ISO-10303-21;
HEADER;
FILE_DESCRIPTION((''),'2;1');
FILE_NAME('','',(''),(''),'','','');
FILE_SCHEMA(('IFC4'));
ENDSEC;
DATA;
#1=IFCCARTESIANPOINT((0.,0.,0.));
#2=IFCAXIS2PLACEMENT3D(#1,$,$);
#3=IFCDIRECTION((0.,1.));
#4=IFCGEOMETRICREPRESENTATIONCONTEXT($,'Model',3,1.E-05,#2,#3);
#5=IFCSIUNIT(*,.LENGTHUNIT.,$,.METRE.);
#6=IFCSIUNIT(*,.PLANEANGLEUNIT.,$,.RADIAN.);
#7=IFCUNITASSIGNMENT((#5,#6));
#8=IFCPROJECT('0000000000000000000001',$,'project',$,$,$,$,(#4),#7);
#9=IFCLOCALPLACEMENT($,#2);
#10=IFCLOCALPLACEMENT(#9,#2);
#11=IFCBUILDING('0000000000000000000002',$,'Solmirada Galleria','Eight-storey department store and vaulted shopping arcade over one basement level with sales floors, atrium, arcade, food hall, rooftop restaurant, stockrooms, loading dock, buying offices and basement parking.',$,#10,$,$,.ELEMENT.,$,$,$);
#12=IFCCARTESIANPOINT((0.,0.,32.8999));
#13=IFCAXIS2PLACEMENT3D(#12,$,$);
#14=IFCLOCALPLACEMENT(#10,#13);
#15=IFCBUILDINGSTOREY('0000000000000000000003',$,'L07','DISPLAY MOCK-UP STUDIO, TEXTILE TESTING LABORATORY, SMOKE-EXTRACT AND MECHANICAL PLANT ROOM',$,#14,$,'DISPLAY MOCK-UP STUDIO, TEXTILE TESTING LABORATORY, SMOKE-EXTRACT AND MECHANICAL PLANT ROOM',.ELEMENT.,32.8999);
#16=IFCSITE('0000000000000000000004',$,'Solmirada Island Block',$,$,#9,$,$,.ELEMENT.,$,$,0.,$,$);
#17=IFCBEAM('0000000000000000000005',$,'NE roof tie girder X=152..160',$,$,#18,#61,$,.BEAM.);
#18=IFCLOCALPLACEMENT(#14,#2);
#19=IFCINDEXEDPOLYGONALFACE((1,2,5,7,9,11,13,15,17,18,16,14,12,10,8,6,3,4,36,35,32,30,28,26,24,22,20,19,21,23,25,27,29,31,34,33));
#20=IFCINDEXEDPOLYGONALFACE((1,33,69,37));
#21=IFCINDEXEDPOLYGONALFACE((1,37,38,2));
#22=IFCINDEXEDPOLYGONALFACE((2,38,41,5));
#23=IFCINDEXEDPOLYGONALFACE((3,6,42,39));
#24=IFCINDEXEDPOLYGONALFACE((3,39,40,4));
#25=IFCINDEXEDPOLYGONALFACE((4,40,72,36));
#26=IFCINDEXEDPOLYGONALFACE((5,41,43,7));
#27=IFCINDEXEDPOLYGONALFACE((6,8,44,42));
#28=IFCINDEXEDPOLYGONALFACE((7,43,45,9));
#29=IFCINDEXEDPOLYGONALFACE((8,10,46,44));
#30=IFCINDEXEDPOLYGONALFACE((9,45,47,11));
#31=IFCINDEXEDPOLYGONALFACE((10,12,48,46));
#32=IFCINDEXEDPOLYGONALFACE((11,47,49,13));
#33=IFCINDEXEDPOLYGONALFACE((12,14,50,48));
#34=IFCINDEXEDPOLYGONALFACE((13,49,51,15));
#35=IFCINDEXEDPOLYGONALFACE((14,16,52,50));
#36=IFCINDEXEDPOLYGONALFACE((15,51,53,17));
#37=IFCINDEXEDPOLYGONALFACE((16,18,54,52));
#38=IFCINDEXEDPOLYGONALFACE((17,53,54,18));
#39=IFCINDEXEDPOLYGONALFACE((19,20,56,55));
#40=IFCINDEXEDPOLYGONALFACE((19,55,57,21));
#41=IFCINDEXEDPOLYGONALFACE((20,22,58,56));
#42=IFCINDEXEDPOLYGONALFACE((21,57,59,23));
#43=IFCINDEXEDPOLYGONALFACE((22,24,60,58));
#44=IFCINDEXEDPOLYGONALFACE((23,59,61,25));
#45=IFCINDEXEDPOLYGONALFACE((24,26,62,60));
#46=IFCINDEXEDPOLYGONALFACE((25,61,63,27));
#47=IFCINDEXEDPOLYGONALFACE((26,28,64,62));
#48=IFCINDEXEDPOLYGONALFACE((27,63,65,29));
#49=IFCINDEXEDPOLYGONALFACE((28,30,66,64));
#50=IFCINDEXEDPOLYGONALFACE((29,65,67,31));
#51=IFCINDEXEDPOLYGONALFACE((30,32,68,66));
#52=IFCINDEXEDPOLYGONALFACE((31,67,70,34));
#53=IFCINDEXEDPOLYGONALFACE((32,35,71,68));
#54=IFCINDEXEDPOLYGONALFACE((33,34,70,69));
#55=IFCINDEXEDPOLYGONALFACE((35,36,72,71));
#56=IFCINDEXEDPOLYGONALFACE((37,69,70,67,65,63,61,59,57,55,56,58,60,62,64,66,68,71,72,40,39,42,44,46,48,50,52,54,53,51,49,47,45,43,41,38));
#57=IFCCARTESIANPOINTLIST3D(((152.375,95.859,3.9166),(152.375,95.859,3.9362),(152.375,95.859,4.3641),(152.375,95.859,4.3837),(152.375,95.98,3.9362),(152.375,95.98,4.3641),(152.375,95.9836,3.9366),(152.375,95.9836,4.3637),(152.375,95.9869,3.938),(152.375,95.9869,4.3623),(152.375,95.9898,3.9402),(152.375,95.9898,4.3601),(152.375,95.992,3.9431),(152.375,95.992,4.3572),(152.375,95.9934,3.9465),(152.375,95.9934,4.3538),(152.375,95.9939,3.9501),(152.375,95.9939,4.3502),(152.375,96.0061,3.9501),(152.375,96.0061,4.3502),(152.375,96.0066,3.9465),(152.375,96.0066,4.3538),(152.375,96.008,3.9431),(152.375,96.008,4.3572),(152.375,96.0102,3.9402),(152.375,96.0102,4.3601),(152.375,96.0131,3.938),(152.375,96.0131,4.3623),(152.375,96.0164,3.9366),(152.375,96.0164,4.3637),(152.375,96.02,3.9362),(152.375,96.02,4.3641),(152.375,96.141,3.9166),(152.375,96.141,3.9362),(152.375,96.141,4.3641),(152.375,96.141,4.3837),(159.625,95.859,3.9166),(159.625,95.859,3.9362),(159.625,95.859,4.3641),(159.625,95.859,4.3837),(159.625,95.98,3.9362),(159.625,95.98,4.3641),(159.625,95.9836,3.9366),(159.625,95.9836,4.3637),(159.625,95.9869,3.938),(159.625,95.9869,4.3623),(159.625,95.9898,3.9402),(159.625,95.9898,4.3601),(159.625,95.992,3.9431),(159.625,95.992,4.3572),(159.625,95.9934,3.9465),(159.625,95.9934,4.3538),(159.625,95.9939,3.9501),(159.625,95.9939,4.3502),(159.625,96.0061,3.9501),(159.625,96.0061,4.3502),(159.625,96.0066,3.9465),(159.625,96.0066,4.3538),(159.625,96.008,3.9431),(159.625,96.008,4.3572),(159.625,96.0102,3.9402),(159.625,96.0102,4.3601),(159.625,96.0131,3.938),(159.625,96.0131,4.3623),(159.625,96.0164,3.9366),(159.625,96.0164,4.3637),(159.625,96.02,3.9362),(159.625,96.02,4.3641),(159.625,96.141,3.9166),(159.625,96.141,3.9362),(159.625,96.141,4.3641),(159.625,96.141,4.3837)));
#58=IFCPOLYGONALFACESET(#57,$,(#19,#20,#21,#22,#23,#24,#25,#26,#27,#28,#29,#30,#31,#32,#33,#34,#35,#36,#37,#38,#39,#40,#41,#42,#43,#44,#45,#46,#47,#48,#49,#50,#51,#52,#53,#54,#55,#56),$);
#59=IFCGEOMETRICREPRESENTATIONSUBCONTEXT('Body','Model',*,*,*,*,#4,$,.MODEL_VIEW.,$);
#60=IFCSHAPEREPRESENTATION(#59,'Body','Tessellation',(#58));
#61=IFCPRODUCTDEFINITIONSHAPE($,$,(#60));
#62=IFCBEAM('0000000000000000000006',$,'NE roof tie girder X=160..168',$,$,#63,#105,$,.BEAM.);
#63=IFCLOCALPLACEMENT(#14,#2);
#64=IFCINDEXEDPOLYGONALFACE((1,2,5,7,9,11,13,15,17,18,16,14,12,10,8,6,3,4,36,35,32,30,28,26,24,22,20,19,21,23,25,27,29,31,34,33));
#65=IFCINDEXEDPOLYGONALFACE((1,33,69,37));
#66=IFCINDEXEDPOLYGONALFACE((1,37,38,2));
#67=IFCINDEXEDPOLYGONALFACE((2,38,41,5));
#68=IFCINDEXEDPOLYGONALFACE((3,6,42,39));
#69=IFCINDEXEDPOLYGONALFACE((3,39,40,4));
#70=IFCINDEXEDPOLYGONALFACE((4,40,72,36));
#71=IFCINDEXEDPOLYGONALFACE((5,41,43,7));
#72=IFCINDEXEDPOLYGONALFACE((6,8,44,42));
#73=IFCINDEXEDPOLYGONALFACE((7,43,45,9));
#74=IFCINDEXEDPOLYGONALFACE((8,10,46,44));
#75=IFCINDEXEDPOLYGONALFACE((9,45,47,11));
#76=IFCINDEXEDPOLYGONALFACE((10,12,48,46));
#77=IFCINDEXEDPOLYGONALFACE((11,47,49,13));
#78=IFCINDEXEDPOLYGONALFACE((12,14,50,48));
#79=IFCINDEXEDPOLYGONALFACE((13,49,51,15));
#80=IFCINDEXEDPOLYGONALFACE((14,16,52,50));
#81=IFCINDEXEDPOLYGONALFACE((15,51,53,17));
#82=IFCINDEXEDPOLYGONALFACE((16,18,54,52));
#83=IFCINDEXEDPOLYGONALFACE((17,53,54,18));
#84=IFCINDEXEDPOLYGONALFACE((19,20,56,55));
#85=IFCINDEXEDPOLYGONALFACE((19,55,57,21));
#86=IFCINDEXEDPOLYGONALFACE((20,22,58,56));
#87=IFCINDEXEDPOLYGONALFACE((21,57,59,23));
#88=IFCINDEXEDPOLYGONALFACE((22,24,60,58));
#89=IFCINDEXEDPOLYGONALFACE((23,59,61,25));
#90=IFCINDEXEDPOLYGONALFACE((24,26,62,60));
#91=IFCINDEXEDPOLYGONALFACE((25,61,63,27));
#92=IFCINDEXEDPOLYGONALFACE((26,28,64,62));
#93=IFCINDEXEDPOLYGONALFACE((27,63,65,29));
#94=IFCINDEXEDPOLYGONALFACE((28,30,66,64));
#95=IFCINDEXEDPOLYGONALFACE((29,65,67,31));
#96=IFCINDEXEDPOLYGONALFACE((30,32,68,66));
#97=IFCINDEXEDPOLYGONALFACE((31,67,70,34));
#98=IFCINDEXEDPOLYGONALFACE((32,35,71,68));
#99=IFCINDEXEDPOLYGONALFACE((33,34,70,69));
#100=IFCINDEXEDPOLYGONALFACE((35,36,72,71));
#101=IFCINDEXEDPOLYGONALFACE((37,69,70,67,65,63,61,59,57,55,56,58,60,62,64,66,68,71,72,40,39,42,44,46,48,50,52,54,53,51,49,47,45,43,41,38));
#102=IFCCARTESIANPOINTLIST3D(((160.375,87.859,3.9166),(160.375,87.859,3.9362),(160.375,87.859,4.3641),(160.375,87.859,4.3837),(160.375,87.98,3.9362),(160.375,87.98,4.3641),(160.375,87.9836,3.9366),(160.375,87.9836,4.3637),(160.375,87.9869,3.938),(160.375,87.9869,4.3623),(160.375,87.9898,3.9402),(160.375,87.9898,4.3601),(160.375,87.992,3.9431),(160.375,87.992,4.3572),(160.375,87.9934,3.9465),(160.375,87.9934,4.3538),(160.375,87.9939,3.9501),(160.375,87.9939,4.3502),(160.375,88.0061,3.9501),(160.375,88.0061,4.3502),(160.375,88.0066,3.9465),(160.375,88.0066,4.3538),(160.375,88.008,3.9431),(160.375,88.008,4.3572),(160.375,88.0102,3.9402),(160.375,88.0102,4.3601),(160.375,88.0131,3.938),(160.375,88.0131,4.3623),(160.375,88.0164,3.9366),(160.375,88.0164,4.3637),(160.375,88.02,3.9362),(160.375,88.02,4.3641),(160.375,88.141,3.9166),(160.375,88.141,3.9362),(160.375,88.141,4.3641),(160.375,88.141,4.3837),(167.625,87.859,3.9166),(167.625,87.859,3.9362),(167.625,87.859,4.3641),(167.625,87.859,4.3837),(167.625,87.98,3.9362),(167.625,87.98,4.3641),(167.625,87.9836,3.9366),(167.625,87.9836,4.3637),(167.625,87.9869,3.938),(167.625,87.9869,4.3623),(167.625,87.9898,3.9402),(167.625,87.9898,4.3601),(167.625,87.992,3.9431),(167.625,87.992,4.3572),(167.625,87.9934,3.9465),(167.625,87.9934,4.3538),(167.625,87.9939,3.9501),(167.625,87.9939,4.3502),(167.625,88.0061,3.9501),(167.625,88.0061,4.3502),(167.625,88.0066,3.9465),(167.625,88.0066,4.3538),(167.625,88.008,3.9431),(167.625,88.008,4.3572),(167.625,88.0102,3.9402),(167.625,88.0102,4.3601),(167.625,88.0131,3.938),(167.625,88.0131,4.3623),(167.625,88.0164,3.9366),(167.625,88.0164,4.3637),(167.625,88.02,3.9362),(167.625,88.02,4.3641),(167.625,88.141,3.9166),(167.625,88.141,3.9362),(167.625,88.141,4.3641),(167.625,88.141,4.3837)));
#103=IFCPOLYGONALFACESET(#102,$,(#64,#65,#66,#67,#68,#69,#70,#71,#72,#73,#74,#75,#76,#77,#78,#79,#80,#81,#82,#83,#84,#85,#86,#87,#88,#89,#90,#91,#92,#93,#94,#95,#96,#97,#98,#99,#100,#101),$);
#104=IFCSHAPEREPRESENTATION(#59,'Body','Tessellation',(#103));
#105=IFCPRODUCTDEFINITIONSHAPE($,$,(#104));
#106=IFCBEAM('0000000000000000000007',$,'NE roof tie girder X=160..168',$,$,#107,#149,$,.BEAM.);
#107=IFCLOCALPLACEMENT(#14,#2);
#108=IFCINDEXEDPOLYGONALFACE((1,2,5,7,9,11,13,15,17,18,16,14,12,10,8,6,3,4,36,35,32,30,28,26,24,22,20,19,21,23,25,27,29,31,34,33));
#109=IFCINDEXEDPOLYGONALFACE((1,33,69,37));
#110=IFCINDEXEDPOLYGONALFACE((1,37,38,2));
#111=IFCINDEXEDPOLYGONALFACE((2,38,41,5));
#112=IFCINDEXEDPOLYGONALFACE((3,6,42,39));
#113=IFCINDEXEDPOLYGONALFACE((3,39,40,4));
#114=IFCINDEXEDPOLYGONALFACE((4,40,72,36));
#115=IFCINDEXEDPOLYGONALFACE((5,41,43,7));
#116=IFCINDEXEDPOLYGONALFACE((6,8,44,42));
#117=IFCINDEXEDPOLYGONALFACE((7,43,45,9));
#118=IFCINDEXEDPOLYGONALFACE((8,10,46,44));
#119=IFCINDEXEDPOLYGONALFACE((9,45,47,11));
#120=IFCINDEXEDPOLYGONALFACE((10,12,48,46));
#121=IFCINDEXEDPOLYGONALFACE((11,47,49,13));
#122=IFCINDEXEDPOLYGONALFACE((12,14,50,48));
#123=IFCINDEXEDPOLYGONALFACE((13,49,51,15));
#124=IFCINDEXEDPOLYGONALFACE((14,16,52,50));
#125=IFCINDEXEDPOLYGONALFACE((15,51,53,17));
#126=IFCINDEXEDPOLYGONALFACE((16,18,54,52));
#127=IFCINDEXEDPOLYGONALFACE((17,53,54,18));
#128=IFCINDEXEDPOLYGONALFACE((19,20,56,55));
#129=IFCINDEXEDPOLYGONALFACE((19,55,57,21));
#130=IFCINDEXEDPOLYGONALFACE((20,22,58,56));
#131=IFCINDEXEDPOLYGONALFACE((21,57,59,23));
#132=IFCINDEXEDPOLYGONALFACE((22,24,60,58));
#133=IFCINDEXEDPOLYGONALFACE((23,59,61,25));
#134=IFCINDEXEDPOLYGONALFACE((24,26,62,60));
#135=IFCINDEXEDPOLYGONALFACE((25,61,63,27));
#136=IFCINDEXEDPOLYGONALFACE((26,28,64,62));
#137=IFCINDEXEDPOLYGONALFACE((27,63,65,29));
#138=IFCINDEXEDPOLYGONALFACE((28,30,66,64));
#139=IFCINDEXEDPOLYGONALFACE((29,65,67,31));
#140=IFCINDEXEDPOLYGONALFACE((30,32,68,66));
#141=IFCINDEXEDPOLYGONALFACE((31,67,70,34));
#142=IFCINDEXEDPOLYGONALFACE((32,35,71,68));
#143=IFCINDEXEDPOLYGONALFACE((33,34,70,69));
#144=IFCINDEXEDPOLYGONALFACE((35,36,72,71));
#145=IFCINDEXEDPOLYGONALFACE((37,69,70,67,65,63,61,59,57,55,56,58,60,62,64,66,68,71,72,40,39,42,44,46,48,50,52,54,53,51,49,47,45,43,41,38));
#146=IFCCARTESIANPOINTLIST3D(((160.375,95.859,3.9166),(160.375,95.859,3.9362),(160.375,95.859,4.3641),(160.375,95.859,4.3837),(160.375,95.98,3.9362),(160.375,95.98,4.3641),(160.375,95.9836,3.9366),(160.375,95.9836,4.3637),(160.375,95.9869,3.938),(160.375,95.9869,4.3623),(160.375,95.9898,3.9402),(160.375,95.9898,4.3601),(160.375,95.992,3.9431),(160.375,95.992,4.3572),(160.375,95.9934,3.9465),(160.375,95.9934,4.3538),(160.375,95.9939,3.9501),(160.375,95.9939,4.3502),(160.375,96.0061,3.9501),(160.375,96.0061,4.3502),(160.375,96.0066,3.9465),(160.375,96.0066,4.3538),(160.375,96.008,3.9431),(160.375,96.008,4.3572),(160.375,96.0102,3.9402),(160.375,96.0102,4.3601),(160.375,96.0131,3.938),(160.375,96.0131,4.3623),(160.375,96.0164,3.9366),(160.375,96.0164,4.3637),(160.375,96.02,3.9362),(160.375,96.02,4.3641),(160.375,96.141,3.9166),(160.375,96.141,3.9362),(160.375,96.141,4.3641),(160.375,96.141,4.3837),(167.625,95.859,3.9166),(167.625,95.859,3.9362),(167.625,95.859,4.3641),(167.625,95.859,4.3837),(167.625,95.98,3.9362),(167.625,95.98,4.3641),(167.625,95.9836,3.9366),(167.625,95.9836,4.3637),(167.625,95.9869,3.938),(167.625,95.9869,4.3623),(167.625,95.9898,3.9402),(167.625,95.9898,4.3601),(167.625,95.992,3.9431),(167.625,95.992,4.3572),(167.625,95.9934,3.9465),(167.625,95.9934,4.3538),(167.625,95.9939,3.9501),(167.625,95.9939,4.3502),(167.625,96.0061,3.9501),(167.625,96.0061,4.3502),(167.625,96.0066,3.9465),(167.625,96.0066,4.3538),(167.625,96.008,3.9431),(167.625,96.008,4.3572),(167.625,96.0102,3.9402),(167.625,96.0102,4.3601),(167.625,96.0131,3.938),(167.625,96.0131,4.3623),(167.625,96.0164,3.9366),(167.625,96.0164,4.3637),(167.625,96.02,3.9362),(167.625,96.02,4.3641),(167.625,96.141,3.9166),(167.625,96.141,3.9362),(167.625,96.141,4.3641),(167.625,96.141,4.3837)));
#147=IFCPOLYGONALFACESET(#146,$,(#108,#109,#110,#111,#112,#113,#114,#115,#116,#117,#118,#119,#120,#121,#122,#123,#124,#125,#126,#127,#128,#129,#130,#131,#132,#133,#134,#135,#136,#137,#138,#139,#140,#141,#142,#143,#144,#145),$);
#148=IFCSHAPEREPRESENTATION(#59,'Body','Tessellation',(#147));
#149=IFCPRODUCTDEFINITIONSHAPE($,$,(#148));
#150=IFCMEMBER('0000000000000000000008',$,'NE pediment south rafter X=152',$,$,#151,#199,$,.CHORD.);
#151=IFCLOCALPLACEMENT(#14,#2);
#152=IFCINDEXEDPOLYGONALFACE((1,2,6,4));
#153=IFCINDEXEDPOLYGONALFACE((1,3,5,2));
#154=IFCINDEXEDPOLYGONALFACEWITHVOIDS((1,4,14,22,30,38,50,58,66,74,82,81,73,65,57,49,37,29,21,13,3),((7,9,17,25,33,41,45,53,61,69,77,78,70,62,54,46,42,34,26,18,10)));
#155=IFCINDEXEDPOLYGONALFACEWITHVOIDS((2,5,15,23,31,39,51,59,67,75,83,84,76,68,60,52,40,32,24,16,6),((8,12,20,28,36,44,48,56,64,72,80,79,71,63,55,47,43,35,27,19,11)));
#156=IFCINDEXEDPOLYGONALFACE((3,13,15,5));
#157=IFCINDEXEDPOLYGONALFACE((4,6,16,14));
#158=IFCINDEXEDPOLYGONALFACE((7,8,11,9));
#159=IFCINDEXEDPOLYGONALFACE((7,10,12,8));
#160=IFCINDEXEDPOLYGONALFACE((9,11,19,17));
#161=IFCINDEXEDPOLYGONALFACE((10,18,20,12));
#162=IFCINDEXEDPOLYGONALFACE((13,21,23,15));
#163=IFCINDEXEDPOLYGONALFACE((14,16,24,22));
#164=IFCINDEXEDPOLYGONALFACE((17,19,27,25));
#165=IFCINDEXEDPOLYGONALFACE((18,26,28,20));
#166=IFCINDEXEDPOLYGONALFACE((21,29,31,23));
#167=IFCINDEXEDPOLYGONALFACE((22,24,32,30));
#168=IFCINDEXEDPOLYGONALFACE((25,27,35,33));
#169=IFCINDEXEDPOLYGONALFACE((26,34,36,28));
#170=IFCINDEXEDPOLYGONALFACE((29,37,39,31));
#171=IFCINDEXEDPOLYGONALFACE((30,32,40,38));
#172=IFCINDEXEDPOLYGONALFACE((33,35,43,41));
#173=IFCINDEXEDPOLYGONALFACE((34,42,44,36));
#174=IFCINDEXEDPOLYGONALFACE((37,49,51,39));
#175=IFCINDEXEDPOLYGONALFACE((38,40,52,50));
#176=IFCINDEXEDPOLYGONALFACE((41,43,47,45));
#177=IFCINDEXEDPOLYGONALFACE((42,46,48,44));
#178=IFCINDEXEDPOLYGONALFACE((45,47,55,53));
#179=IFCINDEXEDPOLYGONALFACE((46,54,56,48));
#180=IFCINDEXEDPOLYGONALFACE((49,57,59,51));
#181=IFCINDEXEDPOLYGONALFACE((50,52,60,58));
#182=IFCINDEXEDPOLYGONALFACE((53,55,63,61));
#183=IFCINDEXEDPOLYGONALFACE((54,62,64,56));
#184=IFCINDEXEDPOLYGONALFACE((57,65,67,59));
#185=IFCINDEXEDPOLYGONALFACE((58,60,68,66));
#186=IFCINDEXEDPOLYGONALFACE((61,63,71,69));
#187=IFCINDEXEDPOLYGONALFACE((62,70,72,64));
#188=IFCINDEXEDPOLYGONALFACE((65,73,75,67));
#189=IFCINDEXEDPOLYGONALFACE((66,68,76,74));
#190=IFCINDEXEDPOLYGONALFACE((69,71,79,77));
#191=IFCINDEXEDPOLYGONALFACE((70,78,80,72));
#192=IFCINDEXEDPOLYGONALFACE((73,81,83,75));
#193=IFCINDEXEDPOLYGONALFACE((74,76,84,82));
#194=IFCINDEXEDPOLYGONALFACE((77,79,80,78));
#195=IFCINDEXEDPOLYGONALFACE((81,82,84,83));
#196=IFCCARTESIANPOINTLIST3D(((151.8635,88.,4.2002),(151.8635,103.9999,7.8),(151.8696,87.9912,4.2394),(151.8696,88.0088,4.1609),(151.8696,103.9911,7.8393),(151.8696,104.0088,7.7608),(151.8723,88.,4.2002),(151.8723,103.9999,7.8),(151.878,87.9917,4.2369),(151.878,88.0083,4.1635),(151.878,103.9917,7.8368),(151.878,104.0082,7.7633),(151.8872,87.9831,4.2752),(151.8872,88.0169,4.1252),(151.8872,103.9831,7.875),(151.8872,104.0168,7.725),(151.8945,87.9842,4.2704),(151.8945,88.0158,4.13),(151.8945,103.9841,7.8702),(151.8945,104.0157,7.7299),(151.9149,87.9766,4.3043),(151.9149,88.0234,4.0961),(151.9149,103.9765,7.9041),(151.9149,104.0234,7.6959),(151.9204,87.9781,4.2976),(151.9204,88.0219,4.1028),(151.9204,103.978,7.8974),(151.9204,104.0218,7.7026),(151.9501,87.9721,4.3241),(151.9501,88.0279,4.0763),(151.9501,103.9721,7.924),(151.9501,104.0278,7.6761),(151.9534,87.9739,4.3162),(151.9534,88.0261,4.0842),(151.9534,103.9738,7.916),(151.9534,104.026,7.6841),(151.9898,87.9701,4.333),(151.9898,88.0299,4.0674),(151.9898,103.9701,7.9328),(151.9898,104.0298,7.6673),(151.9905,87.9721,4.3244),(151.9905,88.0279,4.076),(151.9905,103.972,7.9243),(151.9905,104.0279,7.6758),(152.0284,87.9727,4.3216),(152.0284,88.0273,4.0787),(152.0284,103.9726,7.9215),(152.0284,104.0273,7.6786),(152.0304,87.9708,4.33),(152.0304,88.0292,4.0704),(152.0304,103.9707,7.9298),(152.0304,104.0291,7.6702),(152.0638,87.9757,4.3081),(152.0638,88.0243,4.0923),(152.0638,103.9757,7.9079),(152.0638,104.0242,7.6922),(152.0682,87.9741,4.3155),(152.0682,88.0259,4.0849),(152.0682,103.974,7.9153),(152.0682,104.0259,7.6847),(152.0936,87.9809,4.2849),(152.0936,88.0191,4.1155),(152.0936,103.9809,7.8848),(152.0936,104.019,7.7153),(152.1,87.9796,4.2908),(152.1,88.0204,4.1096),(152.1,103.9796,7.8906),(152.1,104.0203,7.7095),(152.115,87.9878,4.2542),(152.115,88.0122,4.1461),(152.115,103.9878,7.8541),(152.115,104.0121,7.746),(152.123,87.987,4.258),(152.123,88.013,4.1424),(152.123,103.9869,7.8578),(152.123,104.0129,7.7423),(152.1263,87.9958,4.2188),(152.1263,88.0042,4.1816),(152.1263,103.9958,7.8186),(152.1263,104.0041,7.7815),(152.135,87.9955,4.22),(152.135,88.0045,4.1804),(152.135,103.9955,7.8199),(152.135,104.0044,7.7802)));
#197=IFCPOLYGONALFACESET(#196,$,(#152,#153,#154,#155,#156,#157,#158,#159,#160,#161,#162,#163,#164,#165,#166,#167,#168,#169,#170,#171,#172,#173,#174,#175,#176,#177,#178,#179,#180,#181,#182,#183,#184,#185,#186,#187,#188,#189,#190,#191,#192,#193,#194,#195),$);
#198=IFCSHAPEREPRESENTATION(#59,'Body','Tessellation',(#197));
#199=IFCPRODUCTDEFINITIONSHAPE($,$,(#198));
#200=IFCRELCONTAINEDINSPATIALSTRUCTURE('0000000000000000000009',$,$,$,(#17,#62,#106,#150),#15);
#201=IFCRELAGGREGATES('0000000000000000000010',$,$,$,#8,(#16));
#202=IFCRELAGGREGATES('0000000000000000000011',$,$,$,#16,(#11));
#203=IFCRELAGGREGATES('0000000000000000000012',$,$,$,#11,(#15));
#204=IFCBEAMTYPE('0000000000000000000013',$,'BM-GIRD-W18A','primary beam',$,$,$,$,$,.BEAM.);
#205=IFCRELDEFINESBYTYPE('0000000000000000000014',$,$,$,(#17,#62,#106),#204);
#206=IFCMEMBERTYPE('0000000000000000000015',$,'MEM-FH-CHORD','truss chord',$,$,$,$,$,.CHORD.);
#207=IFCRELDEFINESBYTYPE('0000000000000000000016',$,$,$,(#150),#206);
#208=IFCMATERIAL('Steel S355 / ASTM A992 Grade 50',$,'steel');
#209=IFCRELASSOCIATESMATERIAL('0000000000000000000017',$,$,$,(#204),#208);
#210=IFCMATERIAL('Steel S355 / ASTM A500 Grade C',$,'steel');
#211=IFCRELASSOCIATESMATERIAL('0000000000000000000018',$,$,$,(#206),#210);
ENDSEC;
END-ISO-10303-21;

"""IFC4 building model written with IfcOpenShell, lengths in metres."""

from ifc_helpers import new_model, si_unit, direction, frame, origin, origin_2d, place, context, subcontext, project, spatial, hollow_circle, i_section, extrude, material, material_profile, profile_set, type_object, element, save


model = new_model("IFC4")

# Units and contexts
model_context = context("Model", 3, precision=1e-05, world=origin(), true_north=direction((0.0, 1.0)))
body_context = subcontext(model_context, "Body", "Model", "MODEL_VIEW")
ifc_project = project(units=[si_unit("LENGTHUNIT", "METRE"), si_unit("PLANEANGLEUNIT", "RADIAN")], contexts=[model_context])

# Site, building, storey
site_placement = place(None, origin())
site = spatial("IfcSite", under=ifc_project, at=site_placement, Name="Solmirada Island Block", CompositionType="ELEMENT", RefElevation=0.0)
building_placement = place(site_placement, origin())
building = spatial("IfcBuilding", under=site, at=building_placement, Name="Solmirada Galleria", Description="Eight-storey department store and vaulted shopping arcade over one basement level with sales floors, atrium, arcade, food hall, rooftop restaurant, stockrooms, loading dock, buying offices and basement parking.", CompositionType="ELEMENT")
storey_placement = place(building_placement, frame((0.0, 0.0, 32.8999)))
storey = spatial("IfcBuildingStorey", under=building, at=storey_placement, Name="L07", Description="DISPLAY MOCK-UP STUDIO, TEXTILE TESTING LABORATORY, SMOKE-EXTRACT AND MECHANICAL PLANT ROOM", LongName="DISPLAY MOCK-UP STUDIO, TEXTILE TESTING LABORATORY, SMOKE-EXTRACT AND MECHANICAL PLANT ROOM", CompositionType="ELEMENT", Elevation=32.8999)

# Beams
ifc_material_1 = material(Name="Steel S355 / ASTM A992 Grade 50", Category="steel")
ifc_material_profile_1 = material_profile(ifc_material_1, i_section(OverallWidth=0.282, OverallDepth=0.467, WebThickness=0.0122, FlangeThickness=0.0195, FilletRadius=0.0139, at=origin_2d()), Name="W18X86")
ifc_profile_set_1 = profile_set([ifc_material_profile_1], Name="Steel S355 / ASTM A992 Grade 50")
beam_type = type_object("IfcBeamType", Name="BM-GIRD-W18A", Description="primary beam", PredefinedType="BEAM", material=ifc_profile_set_1)
for number, where, z_axis, x_axis, name in (
    (1, (152.375, 96.0, 4.1501), (1.0, 0.0, 0.0), (0.0, 1.0, 0.0), "NE roof tie girder X=152..160"),
    (2, (160.375, 88.0, 4.1501), (1.0, 0.0, 0.0), (0.0, 1.0, 0.0), "NE roof tie girder X=160..168"),
    (3, (160.375, 96.0, 4.1501), (1.0, 0.0, 0.0), (0.0, 1.0, 0.0), "NE roof tie girder X=160..168"),
):
    element("IfcBeam", number, at=place(storey_placement, frame(where, z_axis=z_axis, x_axis=x_axis)), inside=storey, type_object=beam_type, Name=name, PredefinedType="BEAM", context=body_context, shape_type="SweptSolid", body=[
        extrude(i_section(OverallWidth=0.282, OverallDepth=0.467, WebThickness=0.0122, FlangeThickness=0.0195, FilletRadius=0.0139, at=origin_2d()), origin(), (0.0, 0.0, 1.0), 7.25),
    ])

# Member
ifc_material_2 = material(Name="Steel S355 / ASTM A500 Grade C", Category="steel")
ifc_material_profile_2 = material_profile(ifc_material_2, hollow_circle(Radius=0.1365, WallThickness=0.0088, at=origin_2d()), Name="HSS10.750X0.375")
ifc_profile_set_2 = profile_set([ifc_material_profile_2], Name="Steel S355 / ASTM A500 Grade C")
member_type = type_object("IfcMemberType", Name="MEM-FH-CHORD", Description="truss chord", PredefinedType="CHORD", material=ifc_profile_set_2)
for number, where, z_axis, x_axis, name in (
    (4, (152.0, 88.0, 4.2002), (0.0, 0.975612, 0.219504), (-1.0, 0.0, 0.0), "NE pediment south rafter X=152"),
):
    element("IfcMember", number, at=place(storey_placement, frame(where, z_axis=z_axis, x_axis=x_axis)), inside=storey, type_object=member_type, Name=name, PredefinedType="CHORD", context=body_context, shape_type="SweptSolid", body=[
        extrude(hollow_circle(Radius=0.1365, WallThickness=0.0088, at=origin_2d()), origin(), (0.0, 0.0, 1.0), 16.3999),
    ])

save(model, "model.ifc")
